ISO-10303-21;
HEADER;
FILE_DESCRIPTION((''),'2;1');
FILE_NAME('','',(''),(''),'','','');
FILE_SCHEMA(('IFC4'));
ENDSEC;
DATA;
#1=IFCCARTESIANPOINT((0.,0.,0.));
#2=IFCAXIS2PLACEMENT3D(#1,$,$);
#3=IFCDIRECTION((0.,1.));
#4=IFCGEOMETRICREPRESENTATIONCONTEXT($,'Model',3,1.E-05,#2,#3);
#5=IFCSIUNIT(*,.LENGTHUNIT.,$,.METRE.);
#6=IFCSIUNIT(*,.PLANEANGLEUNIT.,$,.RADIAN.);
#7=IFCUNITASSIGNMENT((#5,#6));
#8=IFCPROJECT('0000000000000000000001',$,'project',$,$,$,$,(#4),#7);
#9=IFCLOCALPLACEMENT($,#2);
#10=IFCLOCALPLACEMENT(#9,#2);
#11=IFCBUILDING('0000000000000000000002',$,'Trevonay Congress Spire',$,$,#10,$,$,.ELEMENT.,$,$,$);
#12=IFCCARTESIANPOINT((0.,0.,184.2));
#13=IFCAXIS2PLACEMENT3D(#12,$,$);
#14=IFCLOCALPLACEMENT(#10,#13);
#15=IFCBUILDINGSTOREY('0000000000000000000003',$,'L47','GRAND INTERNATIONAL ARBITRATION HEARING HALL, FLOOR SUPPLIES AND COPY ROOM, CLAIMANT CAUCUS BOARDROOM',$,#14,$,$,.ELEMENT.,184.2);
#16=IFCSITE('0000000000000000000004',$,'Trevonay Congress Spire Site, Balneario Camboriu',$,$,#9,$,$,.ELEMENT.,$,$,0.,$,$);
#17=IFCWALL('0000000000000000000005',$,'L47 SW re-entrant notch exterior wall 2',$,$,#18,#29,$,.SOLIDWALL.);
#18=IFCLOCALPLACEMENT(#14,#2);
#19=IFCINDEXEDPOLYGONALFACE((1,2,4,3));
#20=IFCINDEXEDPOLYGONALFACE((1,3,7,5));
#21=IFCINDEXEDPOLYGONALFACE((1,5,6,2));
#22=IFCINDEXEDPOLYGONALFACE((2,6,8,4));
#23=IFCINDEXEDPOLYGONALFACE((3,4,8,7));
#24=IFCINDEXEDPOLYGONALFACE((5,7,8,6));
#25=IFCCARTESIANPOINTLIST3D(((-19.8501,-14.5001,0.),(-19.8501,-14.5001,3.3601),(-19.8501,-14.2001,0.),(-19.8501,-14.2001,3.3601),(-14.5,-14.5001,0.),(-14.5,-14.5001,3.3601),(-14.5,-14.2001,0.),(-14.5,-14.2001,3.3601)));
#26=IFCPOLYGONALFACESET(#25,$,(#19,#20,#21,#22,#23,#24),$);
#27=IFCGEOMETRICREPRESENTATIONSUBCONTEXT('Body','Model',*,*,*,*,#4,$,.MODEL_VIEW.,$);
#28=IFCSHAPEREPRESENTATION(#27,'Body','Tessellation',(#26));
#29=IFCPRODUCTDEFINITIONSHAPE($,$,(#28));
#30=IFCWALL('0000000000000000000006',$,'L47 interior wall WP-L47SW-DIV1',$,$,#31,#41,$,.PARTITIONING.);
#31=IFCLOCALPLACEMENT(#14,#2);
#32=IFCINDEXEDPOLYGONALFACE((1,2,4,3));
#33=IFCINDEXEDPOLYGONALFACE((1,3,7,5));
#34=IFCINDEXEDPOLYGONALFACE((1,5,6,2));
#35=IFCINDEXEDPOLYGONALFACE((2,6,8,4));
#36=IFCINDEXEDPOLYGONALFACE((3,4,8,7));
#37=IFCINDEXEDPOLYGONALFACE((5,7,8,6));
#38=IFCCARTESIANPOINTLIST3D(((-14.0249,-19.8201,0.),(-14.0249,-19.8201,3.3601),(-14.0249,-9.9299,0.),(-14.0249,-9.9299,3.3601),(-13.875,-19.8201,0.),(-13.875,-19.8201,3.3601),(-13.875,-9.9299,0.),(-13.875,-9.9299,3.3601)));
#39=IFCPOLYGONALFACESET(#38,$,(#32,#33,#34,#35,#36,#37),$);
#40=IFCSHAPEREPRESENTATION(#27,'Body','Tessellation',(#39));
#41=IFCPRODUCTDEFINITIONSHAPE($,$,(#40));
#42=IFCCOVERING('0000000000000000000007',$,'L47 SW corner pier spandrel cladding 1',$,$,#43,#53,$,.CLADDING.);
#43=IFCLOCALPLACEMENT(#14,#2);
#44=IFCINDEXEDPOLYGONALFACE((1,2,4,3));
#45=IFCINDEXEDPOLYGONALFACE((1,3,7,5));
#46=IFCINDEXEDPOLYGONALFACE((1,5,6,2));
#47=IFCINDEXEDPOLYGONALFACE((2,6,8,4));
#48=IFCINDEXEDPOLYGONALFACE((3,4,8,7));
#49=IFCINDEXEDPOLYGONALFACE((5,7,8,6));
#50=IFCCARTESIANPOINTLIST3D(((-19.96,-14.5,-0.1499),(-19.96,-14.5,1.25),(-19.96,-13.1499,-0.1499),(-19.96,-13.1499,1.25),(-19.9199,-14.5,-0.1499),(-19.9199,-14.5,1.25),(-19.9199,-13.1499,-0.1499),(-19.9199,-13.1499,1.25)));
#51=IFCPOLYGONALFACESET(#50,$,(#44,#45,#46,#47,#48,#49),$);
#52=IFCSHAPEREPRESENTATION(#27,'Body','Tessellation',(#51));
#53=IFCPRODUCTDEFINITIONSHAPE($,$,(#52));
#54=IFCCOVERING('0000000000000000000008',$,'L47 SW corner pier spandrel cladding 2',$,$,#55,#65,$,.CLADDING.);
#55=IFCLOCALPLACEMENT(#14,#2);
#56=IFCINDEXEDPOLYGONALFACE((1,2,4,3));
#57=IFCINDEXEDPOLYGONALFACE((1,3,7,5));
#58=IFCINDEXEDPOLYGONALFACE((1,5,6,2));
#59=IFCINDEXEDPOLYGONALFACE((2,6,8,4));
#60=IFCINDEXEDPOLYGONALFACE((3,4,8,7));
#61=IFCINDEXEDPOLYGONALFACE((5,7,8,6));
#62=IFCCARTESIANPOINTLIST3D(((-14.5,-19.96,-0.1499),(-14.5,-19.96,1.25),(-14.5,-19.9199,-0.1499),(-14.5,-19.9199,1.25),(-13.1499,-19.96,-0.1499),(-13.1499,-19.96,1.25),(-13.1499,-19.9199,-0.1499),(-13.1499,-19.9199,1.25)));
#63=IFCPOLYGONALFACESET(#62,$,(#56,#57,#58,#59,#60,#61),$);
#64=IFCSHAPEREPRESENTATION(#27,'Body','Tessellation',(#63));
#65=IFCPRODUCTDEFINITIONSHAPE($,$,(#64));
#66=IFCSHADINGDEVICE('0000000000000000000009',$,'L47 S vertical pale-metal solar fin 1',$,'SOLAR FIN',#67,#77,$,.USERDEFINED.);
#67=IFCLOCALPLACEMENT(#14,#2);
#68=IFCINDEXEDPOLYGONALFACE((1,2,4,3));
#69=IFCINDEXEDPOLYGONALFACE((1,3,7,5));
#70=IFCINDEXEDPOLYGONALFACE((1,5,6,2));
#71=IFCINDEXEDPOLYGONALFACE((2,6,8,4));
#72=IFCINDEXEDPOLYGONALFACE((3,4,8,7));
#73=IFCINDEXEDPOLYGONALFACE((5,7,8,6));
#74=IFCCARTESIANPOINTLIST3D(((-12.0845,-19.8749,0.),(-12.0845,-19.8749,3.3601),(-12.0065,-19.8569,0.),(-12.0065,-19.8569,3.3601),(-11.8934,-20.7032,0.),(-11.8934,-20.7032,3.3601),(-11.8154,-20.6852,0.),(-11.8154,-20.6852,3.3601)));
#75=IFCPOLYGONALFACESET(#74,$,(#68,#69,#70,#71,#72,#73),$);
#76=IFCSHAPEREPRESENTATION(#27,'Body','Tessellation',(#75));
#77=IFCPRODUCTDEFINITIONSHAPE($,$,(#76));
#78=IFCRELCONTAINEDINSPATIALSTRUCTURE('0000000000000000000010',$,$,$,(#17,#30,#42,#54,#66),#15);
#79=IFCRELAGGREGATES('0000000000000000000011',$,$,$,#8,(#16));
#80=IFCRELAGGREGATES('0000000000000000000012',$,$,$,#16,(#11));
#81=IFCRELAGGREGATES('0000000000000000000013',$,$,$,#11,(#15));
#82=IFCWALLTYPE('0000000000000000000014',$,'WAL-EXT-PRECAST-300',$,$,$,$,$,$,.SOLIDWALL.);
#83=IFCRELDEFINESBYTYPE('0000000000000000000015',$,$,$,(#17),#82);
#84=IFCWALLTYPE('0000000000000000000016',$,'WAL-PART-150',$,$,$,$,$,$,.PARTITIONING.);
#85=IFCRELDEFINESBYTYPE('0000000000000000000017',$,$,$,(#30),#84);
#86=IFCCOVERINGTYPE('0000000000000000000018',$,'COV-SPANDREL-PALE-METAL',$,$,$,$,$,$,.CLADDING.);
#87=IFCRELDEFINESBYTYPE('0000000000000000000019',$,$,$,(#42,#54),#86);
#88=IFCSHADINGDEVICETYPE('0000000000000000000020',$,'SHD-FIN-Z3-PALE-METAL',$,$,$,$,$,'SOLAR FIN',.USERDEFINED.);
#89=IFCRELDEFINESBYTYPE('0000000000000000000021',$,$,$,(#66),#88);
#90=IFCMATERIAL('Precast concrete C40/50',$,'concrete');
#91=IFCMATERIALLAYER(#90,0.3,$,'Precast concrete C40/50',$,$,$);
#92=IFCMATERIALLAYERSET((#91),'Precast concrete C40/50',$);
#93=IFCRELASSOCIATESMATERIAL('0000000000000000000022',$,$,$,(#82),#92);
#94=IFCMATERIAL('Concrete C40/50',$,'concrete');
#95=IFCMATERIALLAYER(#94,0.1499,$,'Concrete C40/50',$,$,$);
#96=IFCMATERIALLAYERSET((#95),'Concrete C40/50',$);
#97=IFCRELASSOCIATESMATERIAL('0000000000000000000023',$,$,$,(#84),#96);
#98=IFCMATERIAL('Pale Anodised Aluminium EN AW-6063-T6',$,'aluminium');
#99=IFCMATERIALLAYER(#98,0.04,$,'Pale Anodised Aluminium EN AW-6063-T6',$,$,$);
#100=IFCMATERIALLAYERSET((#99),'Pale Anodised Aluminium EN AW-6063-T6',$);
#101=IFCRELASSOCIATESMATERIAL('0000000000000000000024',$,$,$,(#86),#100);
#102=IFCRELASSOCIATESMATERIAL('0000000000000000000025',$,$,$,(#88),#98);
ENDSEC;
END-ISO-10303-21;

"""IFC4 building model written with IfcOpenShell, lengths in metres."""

from ifc_helpers import new_model, si_unit, direction, frame, frame_2d, origin, origin_2d, place, context, subcontext, project, spatial, rectangle, extrude, material, layer, layer_set, type_object, element, save


model = new_model("IFC4")

# Units and contexts
model_context = context("Model", 3, precision=1e-05, world=origin(), true_north=direction((0.0, 1.0)))
body_context = subcontext(model_context, "Body", "Model", "MODEL_VIEW")
ifc_project = project(units=[si_unit("LENGTHUNIT", "METRE"), si_unit("PLANEANGLEUNIT", "RADIAN")], contexts=[model_context])

# Site, building, storey
site_placement = place(None, origin())
site = spatial("IfcSite", under=ifc_project, at=site_placement, Name="Trevonay Congress Spire Site, Balneario Camboriu", CompositionType="ELEMENT", RefElevation=0.0)
building_placement = place(site_placement, origin())
building = spatial("IfcBuilding", under=site, at=building_placement, Name="Trevonay Congress Spire", CompositionType="ELEMENT")
storey_placement = place(building_placement, frame((0.0, 0.0, 184.2)))
storey = spatial("IfcBuildingStorey", under=building, at=storey_placement, Name="L47", Description="GRAND INTERNATIONAL ARBITRATION HEARING HALL, FLOOR SUPPLIES AND COPY ROOM, CLAIMANT CAUCUS BOARDROOM", CompositionType="ELEMENT", Elevation=184.2)

# Shared definitions
ifc_material_1 = material(Name="Pale Anodised Aluminium EN AW-6063-T6", Category="aluminium")

# Shared definitions
ifc_material_2 = material(Name="Precast concrete C40/50", Category="concrete")
ifc_layer_1 = layer(ifc_material_2, 0.3, Name="Precast concrete C40/50")
ifc_layer_set_1 = layer_set([ifc_layer_1], Name="Precast concrete C40/50")
wall_type_1 = type_object("IfcWallType", Name="WAL-EXT-PRECAST-300", PredefinedType="SOLIDWALL", material=ifc_layer_set_1)

# Walls
wall_1_placement = place(storey_placement, frame((-19.8501, -14.3501, 0.0), z_axis=(0.0, 0.0, 1.0), x_axis=(1.0, 0.0, 0.0)))
element("IfcWall", 1, at=wall_1_placement, inside=storey, type_object=wall_type_1, Name="L47 SW re-entrant notch exterior wall 2", PredefinedType="SOLIDWALL", context=body_context, shape_type="SweptSolid", body=[
    extrude(rectangle(XDim=5.3501, YDim=0.3, at=frame_2d((2.675, 0.0))), origin(), (0.0, 0.0, 1.0), 3.3601),
])
ifc_material_3 = material(Name="Concrete C40/50", Category="concrete")
ifc_layer_2 = layer(ifc_material_3, 0.1499, Name="Concrete C40/50")
ifc_layer_set_2 = layer_set([ifc_layer_2], Name="Concrete C40/50")
wall_type_2 = type_object("IfcWallType", Name="WAL-PART-150", PredefinedType="PARTITIONING", material=ifc_layer_set_2)
wall_2_placement = place(storey_placement, frame((-13.95, -19.8201, 0.0), z_axis=(0.0, 0.0, 1.0), x_axis=(0.0, 1.0, 0.0)))
element("IfcWall", 2, at=wall_2_placement, inside=storey, type_object=wall_type_2, Name="L47 interior wall WP-L47SW-DIV1", PredefinedType="PARTITIONING", context=body_context, shape_type="SweptSolid", body=[
    extrude(rectangle(XDim=9.8901, YDim=0.1499, at=frame_2d((4.9451, 0.0))), origin(), (0.0, 0.0, 1.0), 3.3601),
])

# Coverings
ifc_layer_3 = layer(ifc_material_1, 0.04, Name="Pale Anodised Aluminium EN AW-6063-T6")
ifc_layer_set_3 = layer_set([ifc_layer_3], Name="Pale Anodised Aluminium EN AW-6063-T6")
covering_type = type_object("IfcCoveringType", Name="COV-SPANDREL-PALE-METAL", PredefinedType="CLADDING", material=ifc_layer_set_3)
for number, where, z_axis, x_axis, name in (
    (3, (-19.9399, -13.1499, -0.1499), (0.0, 0.0, 1.0), (0.0, -1.0, 0.0), "L47 SW corner pier spandrel cladding 1"),
    (4, (-13.1499, -19.9399, -0.1499), (0.0, 0.0, 1.0), (-1.0, 0.0, 0.0), "L47 SW corner pier spandrel cladding 2"),
):
    element("IfcCovering", number, at=place(storey_placement, frame(where, z_axis=z_axis, x_axis=x_axis)), inside=storey, type_object=covering_type, Name=name, PredefinedType="CLADDING", context=body_context, shape_type="SweptSolid", body=[
        extrude(rectangle(XDim=1.3501, YDim=0.04, at=frame_2d((0.675, 0.0))), origin(), (0.0, 0.0, 1.0), 1.3999),
    ])

# Shading device
shading_device_type = type_object("IfcShadingDeviceType", Name="SHD-FIN-Z3-PALE-METAL", ElementType="SOLAR FIN", PredefinedType="USERDEFINED", material=ifc_material_1)
shading_device_placement = place(storey_placement, frame((-11.95, -20.28, 0.0), z_axis=(0.0, 0.0, 1.0), x_axis=(0.974409, 0.224781, 0.0)))
element("IfcShadingDevice", 5, at=shading_device_placement, inside=storey, type_object=shading_device_type, Name="L47 S vertical pale-metal solar fin 1", ObjectType="SOLAR FIN", PredefinedType="USERDEFINED", context=body_context, shape_type="SweptSolid", body=[
    extrude(rectangle(XDim=0.0801, YDim=0.8501, at=origin_2d()), origin(), (0.0, 0.0, 1.0), 3.3601),
])

save(model, "model.ifc")
